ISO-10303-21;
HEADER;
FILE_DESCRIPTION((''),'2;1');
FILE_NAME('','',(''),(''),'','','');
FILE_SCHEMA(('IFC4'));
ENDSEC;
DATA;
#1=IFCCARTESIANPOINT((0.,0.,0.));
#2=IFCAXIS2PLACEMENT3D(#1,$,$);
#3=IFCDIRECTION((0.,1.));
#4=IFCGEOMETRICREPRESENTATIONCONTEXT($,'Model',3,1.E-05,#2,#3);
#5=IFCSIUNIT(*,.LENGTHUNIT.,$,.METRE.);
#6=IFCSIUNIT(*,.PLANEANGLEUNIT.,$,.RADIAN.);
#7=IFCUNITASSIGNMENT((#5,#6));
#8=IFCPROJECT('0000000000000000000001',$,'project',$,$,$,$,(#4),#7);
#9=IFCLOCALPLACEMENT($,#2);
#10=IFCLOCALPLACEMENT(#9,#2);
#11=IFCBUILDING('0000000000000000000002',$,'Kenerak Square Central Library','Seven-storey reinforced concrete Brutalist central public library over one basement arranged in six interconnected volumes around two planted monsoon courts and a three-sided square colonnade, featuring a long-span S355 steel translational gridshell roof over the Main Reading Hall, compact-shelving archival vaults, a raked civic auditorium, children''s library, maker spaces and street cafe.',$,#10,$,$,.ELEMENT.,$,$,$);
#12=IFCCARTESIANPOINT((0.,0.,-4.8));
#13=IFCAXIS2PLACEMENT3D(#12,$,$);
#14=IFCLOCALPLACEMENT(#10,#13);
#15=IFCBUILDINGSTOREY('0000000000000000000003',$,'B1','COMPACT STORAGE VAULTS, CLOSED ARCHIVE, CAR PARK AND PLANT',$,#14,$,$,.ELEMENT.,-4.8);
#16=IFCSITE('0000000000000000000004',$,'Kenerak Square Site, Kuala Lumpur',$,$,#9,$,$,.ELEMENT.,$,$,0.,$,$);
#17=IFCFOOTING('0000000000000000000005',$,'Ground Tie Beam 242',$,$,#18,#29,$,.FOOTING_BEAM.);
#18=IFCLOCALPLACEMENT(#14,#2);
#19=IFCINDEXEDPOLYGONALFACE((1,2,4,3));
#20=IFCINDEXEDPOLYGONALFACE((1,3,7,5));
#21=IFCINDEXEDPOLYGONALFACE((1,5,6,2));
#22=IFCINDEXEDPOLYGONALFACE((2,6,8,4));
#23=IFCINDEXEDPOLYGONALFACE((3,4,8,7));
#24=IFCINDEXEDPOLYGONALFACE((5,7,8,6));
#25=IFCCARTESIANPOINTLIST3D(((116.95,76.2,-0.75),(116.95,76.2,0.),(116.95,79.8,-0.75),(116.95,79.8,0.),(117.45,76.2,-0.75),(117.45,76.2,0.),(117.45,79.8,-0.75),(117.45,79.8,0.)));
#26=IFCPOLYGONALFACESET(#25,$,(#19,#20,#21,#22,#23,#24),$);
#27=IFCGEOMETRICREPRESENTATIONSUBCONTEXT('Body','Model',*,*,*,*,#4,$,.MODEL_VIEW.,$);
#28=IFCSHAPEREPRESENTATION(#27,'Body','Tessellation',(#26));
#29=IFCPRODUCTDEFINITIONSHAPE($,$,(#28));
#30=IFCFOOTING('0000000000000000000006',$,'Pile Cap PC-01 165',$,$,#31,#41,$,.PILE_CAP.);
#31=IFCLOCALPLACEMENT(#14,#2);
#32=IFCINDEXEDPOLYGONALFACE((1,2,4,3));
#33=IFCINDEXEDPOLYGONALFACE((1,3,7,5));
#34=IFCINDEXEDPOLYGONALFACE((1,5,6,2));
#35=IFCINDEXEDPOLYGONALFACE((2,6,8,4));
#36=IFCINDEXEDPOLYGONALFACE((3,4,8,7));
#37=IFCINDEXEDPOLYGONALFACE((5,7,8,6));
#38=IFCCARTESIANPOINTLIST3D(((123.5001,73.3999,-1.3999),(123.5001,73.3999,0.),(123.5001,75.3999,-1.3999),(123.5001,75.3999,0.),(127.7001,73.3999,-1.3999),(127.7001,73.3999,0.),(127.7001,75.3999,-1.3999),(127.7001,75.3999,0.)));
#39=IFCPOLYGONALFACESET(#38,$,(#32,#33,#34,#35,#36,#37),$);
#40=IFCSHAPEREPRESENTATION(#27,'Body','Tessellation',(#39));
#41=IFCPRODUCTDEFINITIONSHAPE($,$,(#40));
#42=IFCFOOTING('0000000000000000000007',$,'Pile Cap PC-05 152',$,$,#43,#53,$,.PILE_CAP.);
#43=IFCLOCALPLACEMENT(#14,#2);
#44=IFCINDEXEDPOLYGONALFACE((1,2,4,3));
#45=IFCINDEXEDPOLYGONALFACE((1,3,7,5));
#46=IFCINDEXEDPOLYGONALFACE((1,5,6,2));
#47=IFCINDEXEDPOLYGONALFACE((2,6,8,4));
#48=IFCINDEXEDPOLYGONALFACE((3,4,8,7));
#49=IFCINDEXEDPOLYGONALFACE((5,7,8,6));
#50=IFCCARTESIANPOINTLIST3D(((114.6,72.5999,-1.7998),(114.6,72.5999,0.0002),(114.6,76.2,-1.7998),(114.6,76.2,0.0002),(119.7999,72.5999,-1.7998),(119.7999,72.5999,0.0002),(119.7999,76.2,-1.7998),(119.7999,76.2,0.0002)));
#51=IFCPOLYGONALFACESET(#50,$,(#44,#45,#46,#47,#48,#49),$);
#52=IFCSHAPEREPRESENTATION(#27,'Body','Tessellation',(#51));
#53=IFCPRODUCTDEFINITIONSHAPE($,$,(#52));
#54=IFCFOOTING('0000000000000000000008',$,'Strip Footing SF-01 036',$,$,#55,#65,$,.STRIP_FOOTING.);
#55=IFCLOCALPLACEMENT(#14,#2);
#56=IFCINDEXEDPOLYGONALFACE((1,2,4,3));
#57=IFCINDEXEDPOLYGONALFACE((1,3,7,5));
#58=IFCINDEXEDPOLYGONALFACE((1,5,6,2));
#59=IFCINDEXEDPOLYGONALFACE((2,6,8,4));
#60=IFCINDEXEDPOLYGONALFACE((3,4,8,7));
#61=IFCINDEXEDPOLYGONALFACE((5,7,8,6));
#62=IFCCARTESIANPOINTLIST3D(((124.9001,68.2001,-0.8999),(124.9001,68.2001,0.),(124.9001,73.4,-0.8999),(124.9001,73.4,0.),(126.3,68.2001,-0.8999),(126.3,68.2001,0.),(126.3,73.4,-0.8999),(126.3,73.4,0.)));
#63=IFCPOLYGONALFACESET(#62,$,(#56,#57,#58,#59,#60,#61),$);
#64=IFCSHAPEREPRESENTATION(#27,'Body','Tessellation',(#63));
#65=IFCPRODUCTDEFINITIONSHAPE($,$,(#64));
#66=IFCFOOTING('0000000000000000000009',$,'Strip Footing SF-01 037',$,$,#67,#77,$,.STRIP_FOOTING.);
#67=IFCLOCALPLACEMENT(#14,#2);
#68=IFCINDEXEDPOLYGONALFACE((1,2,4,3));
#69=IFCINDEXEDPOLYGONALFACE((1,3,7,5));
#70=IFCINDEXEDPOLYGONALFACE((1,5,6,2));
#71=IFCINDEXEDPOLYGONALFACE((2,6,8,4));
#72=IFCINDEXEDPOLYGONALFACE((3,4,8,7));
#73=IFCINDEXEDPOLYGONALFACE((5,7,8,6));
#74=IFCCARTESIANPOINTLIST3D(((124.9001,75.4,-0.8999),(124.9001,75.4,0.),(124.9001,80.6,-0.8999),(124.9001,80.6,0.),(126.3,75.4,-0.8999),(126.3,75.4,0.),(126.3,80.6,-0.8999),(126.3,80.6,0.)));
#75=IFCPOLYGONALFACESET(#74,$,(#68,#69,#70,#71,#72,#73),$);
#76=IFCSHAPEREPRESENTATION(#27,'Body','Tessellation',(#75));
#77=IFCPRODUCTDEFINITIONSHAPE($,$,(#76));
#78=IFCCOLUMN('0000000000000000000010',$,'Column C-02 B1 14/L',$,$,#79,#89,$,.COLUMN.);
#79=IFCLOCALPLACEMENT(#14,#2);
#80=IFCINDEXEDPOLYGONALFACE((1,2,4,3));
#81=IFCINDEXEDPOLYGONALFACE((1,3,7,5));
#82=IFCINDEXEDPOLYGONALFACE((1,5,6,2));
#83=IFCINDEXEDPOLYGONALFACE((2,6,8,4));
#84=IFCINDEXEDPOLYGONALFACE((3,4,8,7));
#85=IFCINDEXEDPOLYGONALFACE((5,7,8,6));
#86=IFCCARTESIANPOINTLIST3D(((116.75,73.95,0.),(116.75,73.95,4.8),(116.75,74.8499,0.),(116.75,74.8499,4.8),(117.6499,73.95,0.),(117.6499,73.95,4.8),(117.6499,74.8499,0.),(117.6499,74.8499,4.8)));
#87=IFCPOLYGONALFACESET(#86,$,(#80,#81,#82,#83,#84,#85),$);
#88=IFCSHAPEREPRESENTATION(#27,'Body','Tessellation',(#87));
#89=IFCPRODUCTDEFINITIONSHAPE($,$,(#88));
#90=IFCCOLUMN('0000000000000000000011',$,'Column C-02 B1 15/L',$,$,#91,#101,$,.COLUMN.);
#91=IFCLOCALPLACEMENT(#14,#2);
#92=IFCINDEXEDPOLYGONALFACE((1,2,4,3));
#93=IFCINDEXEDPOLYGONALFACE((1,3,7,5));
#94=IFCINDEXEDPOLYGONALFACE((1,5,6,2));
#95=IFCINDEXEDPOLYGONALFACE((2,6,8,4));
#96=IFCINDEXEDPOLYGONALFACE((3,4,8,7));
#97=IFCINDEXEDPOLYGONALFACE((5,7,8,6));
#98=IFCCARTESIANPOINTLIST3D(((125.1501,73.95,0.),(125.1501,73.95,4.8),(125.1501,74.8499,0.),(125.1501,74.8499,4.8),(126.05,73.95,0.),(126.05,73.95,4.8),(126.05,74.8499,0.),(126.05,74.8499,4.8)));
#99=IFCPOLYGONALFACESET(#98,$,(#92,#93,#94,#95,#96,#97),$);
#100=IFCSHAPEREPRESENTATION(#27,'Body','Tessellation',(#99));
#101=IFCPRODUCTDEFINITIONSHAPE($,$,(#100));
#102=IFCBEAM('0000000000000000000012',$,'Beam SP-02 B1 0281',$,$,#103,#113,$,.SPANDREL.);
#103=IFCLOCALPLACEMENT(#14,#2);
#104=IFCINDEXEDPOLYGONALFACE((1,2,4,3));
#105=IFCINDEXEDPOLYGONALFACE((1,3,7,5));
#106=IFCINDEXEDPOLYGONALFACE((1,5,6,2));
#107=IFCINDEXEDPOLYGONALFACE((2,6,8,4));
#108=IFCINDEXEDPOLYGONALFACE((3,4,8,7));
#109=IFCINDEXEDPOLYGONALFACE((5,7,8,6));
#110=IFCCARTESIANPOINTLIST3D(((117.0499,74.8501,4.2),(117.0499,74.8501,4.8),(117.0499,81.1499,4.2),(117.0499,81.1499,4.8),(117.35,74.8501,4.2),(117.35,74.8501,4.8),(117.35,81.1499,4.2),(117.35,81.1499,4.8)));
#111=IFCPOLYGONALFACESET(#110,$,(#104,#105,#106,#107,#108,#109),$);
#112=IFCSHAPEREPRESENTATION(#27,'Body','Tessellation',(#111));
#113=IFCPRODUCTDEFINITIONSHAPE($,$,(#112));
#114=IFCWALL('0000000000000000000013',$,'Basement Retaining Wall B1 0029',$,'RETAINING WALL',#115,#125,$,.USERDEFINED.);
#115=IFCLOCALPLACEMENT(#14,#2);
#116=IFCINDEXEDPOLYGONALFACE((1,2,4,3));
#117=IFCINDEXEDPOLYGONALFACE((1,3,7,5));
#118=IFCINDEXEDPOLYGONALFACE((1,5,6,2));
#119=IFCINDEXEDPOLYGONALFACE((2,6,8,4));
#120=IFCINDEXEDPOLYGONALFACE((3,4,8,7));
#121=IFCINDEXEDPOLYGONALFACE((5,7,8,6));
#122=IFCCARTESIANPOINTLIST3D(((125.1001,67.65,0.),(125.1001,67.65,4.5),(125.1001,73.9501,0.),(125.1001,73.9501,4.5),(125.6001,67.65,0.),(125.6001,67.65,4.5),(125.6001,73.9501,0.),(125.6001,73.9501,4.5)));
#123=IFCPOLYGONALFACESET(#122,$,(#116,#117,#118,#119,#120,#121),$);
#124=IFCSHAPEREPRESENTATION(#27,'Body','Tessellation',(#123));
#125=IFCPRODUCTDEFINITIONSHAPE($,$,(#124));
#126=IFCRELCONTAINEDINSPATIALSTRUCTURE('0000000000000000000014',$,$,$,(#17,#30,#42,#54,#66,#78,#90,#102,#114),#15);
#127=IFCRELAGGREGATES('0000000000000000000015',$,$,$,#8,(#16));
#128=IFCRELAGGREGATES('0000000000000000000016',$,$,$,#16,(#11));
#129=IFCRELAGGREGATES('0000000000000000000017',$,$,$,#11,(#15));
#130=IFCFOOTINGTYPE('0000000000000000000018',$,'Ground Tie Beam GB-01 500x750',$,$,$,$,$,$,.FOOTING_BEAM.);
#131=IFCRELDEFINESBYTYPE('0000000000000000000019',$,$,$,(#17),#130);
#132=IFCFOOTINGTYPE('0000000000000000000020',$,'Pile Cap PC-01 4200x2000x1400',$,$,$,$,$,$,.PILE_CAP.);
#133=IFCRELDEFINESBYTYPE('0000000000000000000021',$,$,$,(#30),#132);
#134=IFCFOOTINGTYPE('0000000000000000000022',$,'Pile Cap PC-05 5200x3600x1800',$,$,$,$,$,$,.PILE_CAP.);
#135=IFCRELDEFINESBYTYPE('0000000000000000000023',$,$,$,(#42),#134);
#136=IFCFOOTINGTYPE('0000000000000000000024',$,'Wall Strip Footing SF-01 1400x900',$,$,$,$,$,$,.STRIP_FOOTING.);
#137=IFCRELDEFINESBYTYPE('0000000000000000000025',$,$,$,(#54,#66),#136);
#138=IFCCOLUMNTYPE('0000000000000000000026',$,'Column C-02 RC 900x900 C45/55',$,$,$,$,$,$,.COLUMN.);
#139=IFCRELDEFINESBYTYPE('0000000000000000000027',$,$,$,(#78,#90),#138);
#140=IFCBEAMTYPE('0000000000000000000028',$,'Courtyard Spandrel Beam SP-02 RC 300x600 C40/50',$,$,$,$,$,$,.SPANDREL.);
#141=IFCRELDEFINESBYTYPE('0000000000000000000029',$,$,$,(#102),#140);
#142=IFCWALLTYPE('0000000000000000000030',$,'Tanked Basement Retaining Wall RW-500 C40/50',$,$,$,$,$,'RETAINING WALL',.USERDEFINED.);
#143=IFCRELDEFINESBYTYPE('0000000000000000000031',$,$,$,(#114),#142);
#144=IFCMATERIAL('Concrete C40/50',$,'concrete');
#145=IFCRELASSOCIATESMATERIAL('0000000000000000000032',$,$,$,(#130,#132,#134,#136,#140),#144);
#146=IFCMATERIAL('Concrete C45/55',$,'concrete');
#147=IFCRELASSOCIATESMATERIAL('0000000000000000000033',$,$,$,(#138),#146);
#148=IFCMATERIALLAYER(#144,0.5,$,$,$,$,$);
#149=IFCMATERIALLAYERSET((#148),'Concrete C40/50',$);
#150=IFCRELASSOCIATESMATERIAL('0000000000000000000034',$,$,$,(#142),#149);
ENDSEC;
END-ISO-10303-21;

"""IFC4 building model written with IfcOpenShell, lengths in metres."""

from ifc_helpers import new_model, si_unit, direction, frame, frame_2d, origin, origin_2d, place, context, subcontext, project, spatial, rectangle, extrude, material, layer, layer_set, material_profile, profile_set, type_object, element, save


model = new_model("IFC4")

# Units and contexts
model_context = context("Model", 3, precision=1e-05, world=origin(), true_north=direction((0.0, 1.0)))
body_context = subcontext(model_context, "Body", "Model", "MODEL_VIEW")
ifc_project = project(units=[si_unit("LENGTHUNIT", "METRE"), si_unit("PLANEANGLEUNIT", "RADIAN")], contexts=[model_context])

# Site, building, storey
site_placement = place(None, origin())
site = spatial("IfcSite", under=ifc_project, at=site_placement, Name="Kenerak Square Site, Kuala Lumpur", CompositionType="ELEMENT", RefElevation=0.0)
building_placement = place(site_placement, origin())
building = spatial("IfcBuilding", under=site, at=building_placement, Name="Kenerak Square Central Library", Description="Seven-storey reinforced concrete Brutalist central public library over one basement arranged in six interconnected volumes around two planted monsoon courts and a three-sided square colonnade, featuring a long-span S355 steel translational gridshell roof over the Main Reading Hall, compact-shelving archival vaults, a raked civic auditorium, children's library, maker spaces and street cafe.", CompositionType="ELEMENT")
storey_placement = place(building_placement, frame((0.0, 0.0, -4.8)))
storey = spatial("IfcBuildingStorey", under=building, at=storey_placement, Name="B1", Description="COMPACT STORAGE VAULTS, CLOSED ARCHIVE, CAR PARK AND PLANT", CompositionType="ELEMENT", Elevation=-4.8)

# Shared definitions
ifc_material_1 = material(Name="Concrete C40/50", Category="concrete")

# Footings
footing_type_1 = type_object("IfcFootingType", Name="Ground Tie Beam GB-01 500x750", PredefinedType="FOOTING_BEAM", material=ifc_material_1)
footing_1_placement = place(storey_placement, frame((117.2, 78.0, -0.75), z_axis=(0.0, 0.0, 1.0), x_axis=(1.0, 0.0, 0.0)))
element("IfcFooting", 1, at=footing_1_placement, inside=storey, type_object=footing_type_1, Name="Ground Tie Beam 242", PredefinedType="FOOTING_BEAM", context=body_context, shape_type="SweptSolid", body=[
    extrude(rectangle(XDim=0.5, YDim=3.6001, at=origin_2d()), origin(), (0.0, 0.0, 1.0), 0.75),
])
footing_type_2 = type_object("IfcFootingType", Name="Pile Cap PC-01 4200x2000x1400", PredefinedType="PILE_CAP", material=ifc_material_1)
footing_2_placement = place(storey_placement, frame((125.6001, 74.3999, -1.3999), z_axis=(0.0, 0.0, 1.0), x_axis=(1.0, 0.0, 0.0)))
element("IfcFooting", 2, at=footing_2_placement, inside=storey, type_object=footing_type_2, Name="Pile Cap PC-01 165", PredefinedType="PILE_CAP", context=body_context, shape_type="SweptSolid", body=[
    extrude(rectangle(XDim=4.2, YDim=2.0, at=origin_2d()), origin(), (0.0, 0.0, 1.0), 1.3999),
])
footing_type_3 = type_object("IfcFootingType", Name="Pile Cap PC-05 5200x3600x1800", PredefinedType="PILE_CAP", material=ifc_material_1)
footing_3_placement = place(storey_placement, frame((117.2, 74.3999, -1.7998), z_axis=(0.0, 0.0, 1.0), x_axis=(1.0, 0.0, 0.0)))
element("IfcFooting", 3, at=footing_3_placement, inside=storey, type_object=footing_type_3, Name="Pile Cap PC-05 152", PredefinedType="PILE_CAP", context=body_context, shape_type="SweptSolid", body=[
    extrude(rectangle(XDim=5.2, YDim=3.6001, at=origin_2d()), origin(), (0.0, 0.0, 1.0), 1.8),
])
footing_type_4 = type_object("IfcFootingType", Name="Wall Strip Footing SF-01 1400x900", PredefinedType="STRIP_FOOTING", material=ifc_material_1)
for number, where, z_axis, x_axis, name in (
    (4, (125.6001, 70.8, -0.8999), (0.0, 0.0, 1.0), (1.0, 0.0, 0.0), "Strip Footing SF-01 036"),
    (5, (125.6001, 78.0, -0.8999), (0.0, 0.0, 1.0), (1.0, 0.0, 0.0), "Strip Footing SF-01 037"),
):
    element("IfcFooting", number, at=place(storey_placement, frame(where, z_axis=z_axis, x_axis=x_axis)), inside=storey, type_object=footing_type_4, Name=name, PredefinedType="STRIP_FOOTING", context=body_context, shape_type="SweptSolid", body=[
        extrude(rectangle(XDim=1.3999, YDim=5.2, at=origin_2d()), origin(), (0.0, 0.0, 1.0), 0.8999),
    ])

# Columns
ifc_material_2 = material(Name="Concrete C45/55", Category="concrete")
ifc_material_profile_1 = material_profile(ifc_material_2, rectangle(XDim=0.8999, YDim=0.8999, at=origin_2d()), Name="RC 900x900")
ifc_profile_set_1 = profile_set([ifc_material_profile_1], Name="Concrete C45/55")
column_type = type_object("IfcColumnType", Name="Column C-02 RC 900x900 C45/55", PredefinedType="COLUMN", material=ifc_profile_set_1)
for number, where, z_axis, x_axis, name in (
    (6, (117.2, 74.3999, 0.0), (0.0, 0.0, 1.0), (1.0, 0.0, 0.0), "Column C-02 B1 14/L"),
    (7, (125.6001, 74.3999, 0.0), (0.0, 0.0, 1.0), (1.0, 0.0, 0.0), "Column C-02 B1 15/L"),
):
    element("IfcColumn", number, at=place(storey_placement, frame(where, z_axis=z_axis, x_axis=x_axis)), inside=storey, type_object=column_type, Name=name, PredefinedType="COLUMN", context=body_context, shape_type="SweptSolid", body=[
        extrude(rectangle(XDim=0.8999, YDim=0.8999, at=origin_2d()), origin(), (0.0, 0.0, 1.0), 4.8),
    ])

# Beam
ifc_material_profile_2 = material_profile(ifc_material_1, rectangle(XDim=0.3, YDim=0.6001, at=origin_2d()), Name="RC 300x600")
ifc_profile_set_2 = profile_set([ifc_material_profile_2], Name="Concrete C40/50")
beam_type = type_object("IfcBeamType", Name="Courtyard Spandrel Beam SP-02 RC 300x600 C40/50", PredefinedType="SPANDREL", material=ifc_profile_set_2)
beam_placement = place(storey_placement, frame((117.2, 74.8501, 4.5), z_axis=(0.0, 1.0, 0.0), x_axis=(-1.0, 0.0, 0.0)))
element("IfcBeam", 8, at=beam_placement, inside=storey, type_object=beam_type, Name="Beam SP-02 B1 0281", PredefinedType="SPANDREL", context=body_context, shape_type="SweptSolid", body=[
    extrude(rectangle(XDim=0.3, YDim=0.6001, at=origin_2d()), origin(), (0.0, 0.0, 1.0), 6.2998),
])

# Wall
ifc_layer = layer(ifc_material_1, 0.5)
ifc_layer_set = layer_set([ifc_layer], Name="Concrete C40/50")
wall_type = type_object("IfcWallType", Name="Tanked Basement Retaining Wall RW-500 C40/50", ElementType="RETAINING WALL", PredefinedType="USERDEFINED", material=ifc_layer_set)
wall_placement = place(storey_placement, frame((125.3501, 73.95, 0.0), z_axis=(0.0, 0.0, 1.0), x_axis=(0.0, -1.0, 0.0)))
element("IfcWall", 9, at=wall_placement, inside=storey, type_object=wall_type, Name="Basement Retaining Wall B1 0029", ObjectType="RETAINING WALL", PredefinedType="USERDEFINED", context=body_context, shape_type="SweptSolid", body=[
    extrude(rectangle(XDim=6.3, YDim=0.5, at=frame_2d((3.1499, 0.0))), origin(), (0.0, 0.0, 1.0), 4.5),
])

save(model, "model.ifc")
